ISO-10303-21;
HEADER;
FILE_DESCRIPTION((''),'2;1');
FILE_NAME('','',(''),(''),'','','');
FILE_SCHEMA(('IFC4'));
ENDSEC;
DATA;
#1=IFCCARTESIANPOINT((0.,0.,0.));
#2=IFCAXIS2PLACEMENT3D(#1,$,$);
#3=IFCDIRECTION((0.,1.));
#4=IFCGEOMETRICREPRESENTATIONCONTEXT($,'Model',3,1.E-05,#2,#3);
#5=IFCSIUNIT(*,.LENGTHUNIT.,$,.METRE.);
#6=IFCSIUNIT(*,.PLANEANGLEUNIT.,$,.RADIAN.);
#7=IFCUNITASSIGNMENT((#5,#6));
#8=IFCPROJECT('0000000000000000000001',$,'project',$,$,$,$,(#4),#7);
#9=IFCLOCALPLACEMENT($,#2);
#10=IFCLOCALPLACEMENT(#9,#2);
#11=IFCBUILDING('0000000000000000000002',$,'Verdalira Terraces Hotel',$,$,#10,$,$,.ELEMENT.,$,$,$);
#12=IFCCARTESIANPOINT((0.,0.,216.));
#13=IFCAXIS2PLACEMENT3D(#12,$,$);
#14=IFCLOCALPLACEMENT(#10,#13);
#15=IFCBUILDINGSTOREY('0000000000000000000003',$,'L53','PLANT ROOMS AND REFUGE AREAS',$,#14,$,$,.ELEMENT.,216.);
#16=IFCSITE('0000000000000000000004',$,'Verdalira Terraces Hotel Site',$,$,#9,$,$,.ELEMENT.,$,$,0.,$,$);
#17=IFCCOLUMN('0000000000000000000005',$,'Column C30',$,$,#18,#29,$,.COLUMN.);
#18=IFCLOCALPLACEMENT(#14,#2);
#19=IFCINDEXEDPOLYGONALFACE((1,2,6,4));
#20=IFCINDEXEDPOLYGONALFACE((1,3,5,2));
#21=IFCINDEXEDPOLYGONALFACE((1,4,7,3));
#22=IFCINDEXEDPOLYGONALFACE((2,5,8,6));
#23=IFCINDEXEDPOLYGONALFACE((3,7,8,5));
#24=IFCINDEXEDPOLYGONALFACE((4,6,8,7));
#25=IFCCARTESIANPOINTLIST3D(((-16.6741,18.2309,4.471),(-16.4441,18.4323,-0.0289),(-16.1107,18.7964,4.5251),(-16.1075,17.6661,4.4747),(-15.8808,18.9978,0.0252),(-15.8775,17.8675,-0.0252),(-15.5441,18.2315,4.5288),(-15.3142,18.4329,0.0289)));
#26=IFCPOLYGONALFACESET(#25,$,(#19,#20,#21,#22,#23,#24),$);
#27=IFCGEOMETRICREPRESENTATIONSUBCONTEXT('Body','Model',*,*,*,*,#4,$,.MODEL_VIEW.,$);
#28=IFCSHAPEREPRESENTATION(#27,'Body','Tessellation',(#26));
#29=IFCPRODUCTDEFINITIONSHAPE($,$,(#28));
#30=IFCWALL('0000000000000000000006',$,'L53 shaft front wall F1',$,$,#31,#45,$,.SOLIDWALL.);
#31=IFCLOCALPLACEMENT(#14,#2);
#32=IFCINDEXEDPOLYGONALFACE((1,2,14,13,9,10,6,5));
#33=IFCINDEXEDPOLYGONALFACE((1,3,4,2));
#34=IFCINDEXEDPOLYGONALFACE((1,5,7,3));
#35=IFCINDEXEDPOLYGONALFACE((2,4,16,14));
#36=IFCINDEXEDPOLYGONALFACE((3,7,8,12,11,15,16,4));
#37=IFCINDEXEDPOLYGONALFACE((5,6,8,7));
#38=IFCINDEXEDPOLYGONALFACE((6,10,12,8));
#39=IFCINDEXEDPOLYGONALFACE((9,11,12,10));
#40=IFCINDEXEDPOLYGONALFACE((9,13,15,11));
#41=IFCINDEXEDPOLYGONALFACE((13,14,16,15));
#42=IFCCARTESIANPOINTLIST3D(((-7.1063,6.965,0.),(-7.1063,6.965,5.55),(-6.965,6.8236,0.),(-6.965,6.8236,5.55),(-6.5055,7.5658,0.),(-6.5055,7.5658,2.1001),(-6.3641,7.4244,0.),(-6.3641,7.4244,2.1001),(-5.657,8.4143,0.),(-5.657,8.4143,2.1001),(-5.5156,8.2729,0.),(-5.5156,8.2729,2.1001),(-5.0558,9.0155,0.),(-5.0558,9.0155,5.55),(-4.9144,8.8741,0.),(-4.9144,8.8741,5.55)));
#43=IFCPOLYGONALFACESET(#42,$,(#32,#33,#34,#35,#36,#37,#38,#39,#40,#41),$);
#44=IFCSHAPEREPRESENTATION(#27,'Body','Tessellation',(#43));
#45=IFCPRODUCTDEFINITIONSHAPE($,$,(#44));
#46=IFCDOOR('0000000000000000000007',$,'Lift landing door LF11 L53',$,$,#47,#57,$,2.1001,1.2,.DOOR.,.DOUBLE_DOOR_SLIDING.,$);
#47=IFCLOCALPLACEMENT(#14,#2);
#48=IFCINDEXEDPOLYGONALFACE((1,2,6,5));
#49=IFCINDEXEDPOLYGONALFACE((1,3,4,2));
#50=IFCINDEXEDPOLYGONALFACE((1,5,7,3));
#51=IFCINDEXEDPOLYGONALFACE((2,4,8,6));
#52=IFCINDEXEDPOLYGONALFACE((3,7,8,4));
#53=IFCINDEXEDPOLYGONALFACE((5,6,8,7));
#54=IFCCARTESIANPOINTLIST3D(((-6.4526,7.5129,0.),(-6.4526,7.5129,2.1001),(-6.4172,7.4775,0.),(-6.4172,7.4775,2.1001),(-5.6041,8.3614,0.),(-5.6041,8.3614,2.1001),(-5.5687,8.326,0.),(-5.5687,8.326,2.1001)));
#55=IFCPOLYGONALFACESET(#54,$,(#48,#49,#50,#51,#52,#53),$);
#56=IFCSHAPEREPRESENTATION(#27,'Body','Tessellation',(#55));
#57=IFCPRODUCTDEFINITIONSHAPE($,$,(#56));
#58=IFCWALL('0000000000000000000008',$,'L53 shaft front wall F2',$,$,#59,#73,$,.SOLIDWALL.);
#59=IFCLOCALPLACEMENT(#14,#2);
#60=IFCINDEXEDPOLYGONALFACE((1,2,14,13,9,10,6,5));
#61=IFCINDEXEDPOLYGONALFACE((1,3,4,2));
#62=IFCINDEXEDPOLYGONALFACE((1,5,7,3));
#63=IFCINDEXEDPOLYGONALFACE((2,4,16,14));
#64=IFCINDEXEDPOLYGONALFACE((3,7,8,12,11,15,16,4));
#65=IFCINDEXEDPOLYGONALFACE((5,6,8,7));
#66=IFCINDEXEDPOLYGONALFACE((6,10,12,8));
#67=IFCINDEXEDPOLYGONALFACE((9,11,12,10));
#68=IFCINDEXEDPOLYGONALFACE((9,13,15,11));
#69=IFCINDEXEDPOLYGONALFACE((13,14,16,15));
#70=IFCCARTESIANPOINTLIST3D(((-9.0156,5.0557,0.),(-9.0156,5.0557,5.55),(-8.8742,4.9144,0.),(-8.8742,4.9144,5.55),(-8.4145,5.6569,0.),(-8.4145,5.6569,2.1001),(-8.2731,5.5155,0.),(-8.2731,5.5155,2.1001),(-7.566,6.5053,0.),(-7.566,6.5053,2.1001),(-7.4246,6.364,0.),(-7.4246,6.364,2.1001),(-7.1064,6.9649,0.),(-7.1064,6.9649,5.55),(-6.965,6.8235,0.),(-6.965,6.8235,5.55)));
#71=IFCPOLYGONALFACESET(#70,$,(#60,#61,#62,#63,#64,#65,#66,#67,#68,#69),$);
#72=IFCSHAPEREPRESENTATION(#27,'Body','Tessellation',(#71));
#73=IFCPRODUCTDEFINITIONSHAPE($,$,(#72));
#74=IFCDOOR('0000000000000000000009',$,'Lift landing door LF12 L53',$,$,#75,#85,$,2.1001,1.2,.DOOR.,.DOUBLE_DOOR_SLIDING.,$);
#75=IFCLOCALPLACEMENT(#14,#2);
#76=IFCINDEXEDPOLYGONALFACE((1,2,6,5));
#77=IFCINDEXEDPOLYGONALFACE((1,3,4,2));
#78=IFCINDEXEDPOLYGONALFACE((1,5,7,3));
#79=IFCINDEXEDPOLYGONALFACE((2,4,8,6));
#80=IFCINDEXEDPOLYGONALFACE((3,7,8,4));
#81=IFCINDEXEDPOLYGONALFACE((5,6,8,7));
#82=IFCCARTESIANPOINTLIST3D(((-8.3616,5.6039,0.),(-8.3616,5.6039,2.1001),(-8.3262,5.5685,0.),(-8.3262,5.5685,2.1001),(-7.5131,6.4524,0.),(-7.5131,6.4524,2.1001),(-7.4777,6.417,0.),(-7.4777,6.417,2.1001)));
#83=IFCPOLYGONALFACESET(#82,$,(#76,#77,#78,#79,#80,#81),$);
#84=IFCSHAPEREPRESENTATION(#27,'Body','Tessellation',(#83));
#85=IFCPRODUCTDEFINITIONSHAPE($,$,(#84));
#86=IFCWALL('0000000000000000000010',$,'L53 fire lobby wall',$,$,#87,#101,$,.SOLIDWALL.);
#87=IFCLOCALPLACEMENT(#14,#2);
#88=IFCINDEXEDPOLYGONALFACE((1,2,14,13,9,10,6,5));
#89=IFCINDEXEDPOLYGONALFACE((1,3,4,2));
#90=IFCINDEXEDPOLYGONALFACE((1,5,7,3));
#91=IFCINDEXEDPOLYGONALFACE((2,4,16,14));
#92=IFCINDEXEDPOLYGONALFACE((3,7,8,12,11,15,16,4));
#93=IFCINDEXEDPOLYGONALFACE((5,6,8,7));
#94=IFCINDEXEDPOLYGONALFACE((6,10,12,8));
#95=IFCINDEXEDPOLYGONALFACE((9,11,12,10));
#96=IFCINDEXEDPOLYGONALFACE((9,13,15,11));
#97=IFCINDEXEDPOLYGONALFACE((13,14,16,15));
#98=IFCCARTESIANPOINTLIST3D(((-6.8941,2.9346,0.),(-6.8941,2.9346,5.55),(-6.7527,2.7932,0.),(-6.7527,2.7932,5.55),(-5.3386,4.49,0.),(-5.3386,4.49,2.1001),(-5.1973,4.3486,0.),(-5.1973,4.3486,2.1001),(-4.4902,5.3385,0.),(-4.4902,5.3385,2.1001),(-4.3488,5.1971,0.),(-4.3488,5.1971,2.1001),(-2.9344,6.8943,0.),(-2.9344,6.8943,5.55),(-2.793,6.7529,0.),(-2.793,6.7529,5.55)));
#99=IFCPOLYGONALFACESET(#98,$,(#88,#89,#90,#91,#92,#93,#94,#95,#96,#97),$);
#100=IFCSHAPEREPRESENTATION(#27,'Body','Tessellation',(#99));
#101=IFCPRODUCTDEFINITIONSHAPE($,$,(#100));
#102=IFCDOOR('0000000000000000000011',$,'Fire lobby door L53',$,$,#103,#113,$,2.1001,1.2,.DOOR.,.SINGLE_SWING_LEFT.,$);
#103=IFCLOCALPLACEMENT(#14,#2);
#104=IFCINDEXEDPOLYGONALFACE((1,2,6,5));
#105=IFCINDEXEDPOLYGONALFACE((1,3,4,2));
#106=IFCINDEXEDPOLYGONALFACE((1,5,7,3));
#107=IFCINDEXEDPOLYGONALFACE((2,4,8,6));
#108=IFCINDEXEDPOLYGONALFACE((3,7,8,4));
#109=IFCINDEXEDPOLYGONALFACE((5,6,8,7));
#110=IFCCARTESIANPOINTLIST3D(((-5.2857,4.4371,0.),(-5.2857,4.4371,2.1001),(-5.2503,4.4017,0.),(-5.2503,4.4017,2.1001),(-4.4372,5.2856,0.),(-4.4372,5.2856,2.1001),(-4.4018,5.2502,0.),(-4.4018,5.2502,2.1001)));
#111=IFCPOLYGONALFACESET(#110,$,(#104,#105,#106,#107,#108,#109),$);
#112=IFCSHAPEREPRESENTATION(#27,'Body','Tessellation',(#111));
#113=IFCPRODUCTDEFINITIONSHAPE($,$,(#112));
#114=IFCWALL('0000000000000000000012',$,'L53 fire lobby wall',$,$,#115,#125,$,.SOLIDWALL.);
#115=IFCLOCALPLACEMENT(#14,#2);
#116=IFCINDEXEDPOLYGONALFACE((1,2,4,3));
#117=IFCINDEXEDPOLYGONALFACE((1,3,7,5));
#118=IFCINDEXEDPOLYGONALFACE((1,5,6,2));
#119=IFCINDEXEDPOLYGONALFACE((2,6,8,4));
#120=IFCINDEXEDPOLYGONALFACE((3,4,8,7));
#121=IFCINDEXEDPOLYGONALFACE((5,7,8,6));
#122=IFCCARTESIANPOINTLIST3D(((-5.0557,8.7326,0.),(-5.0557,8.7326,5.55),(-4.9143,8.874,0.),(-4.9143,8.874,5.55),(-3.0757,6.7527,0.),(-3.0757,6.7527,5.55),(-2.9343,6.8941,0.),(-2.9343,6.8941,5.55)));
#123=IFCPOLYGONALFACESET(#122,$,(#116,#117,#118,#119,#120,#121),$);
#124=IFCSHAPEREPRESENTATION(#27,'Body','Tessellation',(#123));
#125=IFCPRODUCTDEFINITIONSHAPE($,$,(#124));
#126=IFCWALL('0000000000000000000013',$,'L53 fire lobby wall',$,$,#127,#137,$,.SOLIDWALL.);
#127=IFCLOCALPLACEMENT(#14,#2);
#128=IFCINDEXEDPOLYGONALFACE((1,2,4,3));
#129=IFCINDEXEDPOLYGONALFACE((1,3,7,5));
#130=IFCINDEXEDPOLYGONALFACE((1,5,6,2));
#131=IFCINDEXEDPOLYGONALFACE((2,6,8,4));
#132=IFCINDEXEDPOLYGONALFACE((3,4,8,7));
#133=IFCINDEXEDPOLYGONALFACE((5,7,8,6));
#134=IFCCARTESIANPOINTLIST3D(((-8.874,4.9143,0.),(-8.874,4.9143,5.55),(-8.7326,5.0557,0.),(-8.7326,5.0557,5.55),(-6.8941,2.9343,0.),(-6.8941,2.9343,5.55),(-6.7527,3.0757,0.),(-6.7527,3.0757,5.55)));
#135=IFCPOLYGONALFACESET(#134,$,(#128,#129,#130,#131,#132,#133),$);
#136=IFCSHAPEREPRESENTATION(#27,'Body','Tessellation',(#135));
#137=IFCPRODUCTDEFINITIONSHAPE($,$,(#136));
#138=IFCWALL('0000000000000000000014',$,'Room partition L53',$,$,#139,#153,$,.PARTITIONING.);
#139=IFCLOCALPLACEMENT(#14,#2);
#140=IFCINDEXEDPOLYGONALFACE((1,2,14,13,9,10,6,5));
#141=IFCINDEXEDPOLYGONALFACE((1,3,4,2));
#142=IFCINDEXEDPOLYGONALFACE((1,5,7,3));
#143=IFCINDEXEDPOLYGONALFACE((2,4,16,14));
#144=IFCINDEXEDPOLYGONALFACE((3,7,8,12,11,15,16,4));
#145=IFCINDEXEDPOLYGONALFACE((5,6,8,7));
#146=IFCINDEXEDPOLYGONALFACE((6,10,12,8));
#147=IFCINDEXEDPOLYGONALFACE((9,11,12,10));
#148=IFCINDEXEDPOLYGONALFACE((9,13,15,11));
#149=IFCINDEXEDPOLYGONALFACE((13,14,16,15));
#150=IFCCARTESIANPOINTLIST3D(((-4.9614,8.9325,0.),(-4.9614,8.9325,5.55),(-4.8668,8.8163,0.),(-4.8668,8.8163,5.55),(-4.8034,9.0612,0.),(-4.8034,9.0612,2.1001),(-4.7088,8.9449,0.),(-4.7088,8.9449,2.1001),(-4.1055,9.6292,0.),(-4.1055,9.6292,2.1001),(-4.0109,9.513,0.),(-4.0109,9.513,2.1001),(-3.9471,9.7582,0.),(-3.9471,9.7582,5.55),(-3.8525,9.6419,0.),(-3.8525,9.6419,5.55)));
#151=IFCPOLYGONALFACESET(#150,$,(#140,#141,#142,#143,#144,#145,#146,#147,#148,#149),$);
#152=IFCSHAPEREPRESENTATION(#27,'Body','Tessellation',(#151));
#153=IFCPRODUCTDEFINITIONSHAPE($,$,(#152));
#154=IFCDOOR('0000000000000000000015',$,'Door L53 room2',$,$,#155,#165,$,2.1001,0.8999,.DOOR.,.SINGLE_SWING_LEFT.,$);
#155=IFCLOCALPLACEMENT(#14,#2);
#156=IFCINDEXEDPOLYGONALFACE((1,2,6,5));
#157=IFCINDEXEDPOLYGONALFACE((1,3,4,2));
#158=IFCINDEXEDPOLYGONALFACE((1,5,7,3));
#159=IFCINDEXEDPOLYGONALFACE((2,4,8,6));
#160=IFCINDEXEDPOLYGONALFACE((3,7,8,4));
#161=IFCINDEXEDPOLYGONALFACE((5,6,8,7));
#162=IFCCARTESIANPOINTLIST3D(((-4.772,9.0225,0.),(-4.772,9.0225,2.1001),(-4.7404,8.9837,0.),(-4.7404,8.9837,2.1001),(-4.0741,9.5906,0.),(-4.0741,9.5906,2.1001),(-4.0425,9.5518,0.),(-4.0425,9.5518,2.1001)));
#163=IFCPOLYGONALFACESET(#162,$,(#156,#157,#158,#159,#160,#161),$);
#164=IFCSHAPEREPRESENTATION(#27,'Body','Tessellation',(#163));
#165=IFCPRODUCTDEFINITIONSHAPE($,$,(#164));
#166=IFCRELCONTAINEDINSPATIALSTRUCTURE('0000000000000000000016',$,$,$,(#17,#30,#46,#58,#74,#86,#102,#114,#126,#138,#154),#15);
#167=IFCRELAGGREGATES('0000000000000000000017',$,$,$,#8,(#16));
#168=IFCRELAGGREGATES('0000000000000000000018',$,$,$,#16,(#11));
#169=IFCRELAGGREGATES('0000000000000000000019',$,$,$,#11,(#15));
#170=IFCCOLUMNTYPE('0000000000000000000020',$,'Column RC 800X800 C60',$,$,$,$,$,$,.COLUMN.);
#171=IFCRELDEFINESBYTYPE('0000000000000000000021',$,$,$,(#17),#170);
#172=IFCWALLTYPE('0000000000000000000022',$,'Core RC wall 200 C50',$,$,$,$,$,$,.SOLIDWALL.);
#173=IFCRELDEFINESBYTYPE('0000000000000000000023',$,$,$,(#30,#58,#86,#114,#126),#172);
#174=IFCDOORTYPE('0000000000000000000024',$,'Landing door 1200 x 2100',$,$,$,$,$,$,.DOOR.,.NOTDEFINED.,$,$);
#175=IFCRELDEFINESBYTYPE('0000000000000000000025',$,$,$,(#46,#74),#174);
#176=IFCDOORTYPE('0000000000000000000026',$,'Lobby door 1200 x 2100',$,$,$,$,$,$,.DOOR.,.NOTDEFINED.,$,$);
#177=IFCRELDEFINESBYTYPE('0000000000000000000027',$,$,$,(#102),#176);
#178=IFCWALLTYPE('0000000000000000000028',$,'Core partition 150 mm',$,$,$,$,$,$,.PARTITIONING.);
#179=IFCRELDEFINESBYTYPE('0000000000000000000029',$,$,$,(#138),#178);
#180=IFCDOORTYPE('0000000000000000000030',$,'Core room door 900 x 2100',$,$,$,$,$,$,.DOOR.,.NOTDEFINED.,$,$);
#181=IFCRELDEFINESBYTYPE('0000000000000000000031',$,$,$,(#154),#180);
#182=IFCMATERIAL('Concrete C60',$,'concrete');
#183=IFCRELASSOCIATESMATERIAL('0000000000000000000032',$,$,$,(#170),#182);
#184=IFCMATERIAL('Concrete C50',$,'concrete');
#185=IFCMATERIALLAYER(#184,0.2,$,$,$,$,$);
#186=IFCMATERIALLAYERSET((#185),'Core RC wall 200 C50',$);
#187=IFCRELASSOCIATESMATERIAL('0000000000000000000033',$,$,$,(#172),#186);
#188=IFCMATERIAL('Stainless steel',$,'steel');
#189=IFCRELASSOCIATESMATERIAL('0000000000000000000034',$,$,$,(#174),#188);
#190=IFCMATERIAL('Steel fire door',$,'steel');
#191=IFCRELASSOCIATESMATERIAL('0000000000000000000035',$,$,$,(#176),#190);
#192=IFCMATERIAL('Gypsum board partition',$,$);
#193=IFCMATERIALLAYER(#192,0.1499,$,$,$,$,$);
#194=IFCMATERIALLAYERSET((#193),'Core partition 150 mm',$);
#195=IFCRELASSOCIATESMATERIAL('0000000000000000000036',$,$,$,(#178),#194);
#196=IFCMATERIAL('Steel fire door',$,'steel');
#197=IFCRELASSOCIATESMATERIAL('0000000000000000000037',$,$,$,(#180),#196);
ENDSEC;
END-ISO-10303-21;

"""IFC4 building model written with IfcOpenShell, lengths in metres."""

from ifc_helpers import new_model, si_unit, direction, frame, frame_2d, origin, origin_2d, place, context, subcontext, project, spatial, rectangle, extrude, material, layer, layer_set, material_profile, profile_set, type_object, element, fill, save


model = new_model("IFC4")

# Units and contexts
model_context = context("Model", 3, precision=1e-05, world=origin(), true_north=direction((0.0, 1.0)))
body_context = subcontext(model_context, "Body", "Model", "MODEL_VIEW")
ifc_project = project(units=[si_unit("LENGTHUNIT", "METRE"), si_unit("PLANEANGLEUNIT", "RADIAN")], contexts=[model_context])

# Site, building, storey
site_placement = place(None, origin())
site = spatial("IfcSite", under=ifc_project, at=site_placement, Name="Verdalira Terraces Hotel Site", CompositionType="ELEMENT", RefElevation=0.0)
building_placement = place(site_placement, origin())
building = spatial("IfcBuilding", under=site, at=building_placement, Name="Verdalira Terraces Hotel", CompositionType="ELEMENT")
storey_placement = place(building_placement, frame((0.0, 0.0, 216.0)))
storey = spatial("IfcBuildingStorey", under=building, at=storey_placement, Name="L53", Description="PLANT ROOMS AND REFUGE AREAS", CompositionType="ELEMENT", Elevation=216.0)

# Column
ifc_material_1 = material(Name="Concrete C60", Category="concrete")
ifc_material_profile = material_profile(ifc_material_1, rectangle(XDim=0.8, YDim=0.8, at=origin_2d()), Name="RC 800X800")
ifc_profile_set = profile_set([ifc_material_profile], Name="Concrete C60")
column_type = type_object("IfcColumnType", Name="Column RC 800X800 C60", PredefinedType="COLUMN", material=ifc_profile_set)
column_placement = place(storey_placement, frame((-15.8791, 18.4326, 0.0), z_axis=(-0.050989, -0.044656, 0.9977), x_axis=(-0.70821, 0.705987, -0.004595)))
element("IfcColumn", 1, at=column_placement, inside=storey, type_object=column_type, Name="Column C30", PredefinedType="COLUMN", context=body_context, shape_type="SweptSolid", body=[
    extrude(rectangle(XDim=0.8, YDim=0.8, at=origin_2d()), origin(), (0.0, 0.0, 1.0), 4.5103),
])

# Walls, openings, doors
ifc_material_2 = material(Name="Concrete C50", Category="concrete")
ifc_layer_1 = layer(ifc_material_2, 0.2)
ifc_layer_set_1 = layer_set([ifc_layer_1], Name="Core RC wall 200 C50")
wall_type_1 = type_object("IfcWallType", Name="Core RC wall 200 C50", PredefinedType="SOLIDWALL", material=ifc_layer_set_1)
wall_1_placement = place(storey_placement, frame((-4.9851, 8.9448, 0.0), z_axis=(0.0, 0.0, 1.0), x_axis=(-0.707107, -0.707107, 0.0)))
wall_1 = element("IfcWall", 2, at=wall_1_placement, inside=storey, type_object=wall_type_1, Name="L53 shaft front wall F1", PredefinedType="SOLIDWALL", context=body_context, shape_type="SweptSolid", body=[
    extrude(rectangle(XDim=2.8999, YDim=0.2, at=frame_2d((1.45, 0.0))), origin(), (0.0, 0.0, 1.0), 5.55),
])
opening_1_placement = place(wall_1_placement, frame((0.8501, 0.0, 0.0)))
opening_1 = element("IfcOpeningElement", 3, at=opening_1_placement, cuts=wall_1, PredefinedType="OPENING", context=body_context, shape_type="SweptSolid", body=[
    extrude(rectangle(XDim=1.2, YDim=2.1001, at=frame_2d((0.6001, 1.05))), frame((0.0, 0.1099, 0.0), z_axis=(0.0, -1.0, 0.0), x_axis=(1.0, 0.0, 0.0)), (0.0, 0.0, 1.0), 0.22),
])
ifc_material_3 = material(Name="Stainless steel", Category="steel")
door_type_1 = type_object("IfcDoorType", Name="Landing door 1200 x 2100", OperationType="NOTDEFINED", PredefinedType="DOOR", material=ifc_material_3)
door_1_placement = place(opening_1_placement, origin())
door_1 = element("IfcDoor", 4, at=door_1_placement, inside=storey, type_object=door_type_1, Name="Lift landing door LF11 L53", OperationType="DOUBLE_DOOR_SLIDING", OverallHeight=2.1001, OverallWidth=1.2, PredefinedType="DOOR", context=body_context, shape_type="SweptSolid", body=[
    extrude(rectangle(XDim=1.2, YDim=2.1001, at=frame_2d((0.6001, 1.05))), frame((0.0, 0.0249, 0.0), z_axis=(0.0, -1.0, 0.0), x_axis=(1.0, 0.0, 0.0)), (0.0, 0.0, 1.0), 0.05),
])
fill(opening_1, door_1)
wall_2_placement = place(storey_placement, frame((-7.0356, 6.8943, 0.0), z_axis=(0.0, 0.0, 1.0), x_axis=(-0.707107, -0.707107, 0.0)))
wall_2 = element("IfcWall", 5, at=wall_2_placement, inside=storey, type_object=wall_type_1, Name="L53 shaft front wall F2", PredefinedType="SOLIDWALL", context=body_context, shape_type="SweptSolid", body=[
    extrude(rectangle(XDim=2.7, YDim=0.2, at=frame_2d((1.3501, 0.0))), origin(), (0.0, 0.0, 1.0), 5.55),
])
opening_2_placement = place(wall_2_placement, frame((0.6499, 0.0, 0.0)))
opening_2 = element("IfcOpeningElement", 6, at=opening_2_placement, cuts=wall_2, PredefinedType="OPENING", context=body_context, shape_type="SweptSolid", body=[
    extrude(rectangle(XDim=1.2, YDim=2.1001, at=frame_2d((0.6001, 1.05))), frame((0.0, 0.1099, 0.0), z_axis=(0.0, -1.0, 0.0), x_axis=(1.0, 0.0, 0.0)), (0.0, 0.0, 1.0), 0.22),
])
door_2_placement = place(opening_2_placement, origin())
door_2 = element("IfcDoor", 7, at=door_2_placement, inside=storey, type_object=door_type_1, Name="Lift landing door LF12 L53", OperationType="DOUBLE_DOOR_SLIDING", OverallHeight=2.1001, OverallWidth=1.2, PredefinedType="DOOR", context=body_context, shape_type="SweptSolid", body=[
    extrude(rectangle(XDim=1.2, YDim=2.1001, at=frame_2d((0.6001, 1.05))), frame((0.0, 0.0249, 0.0), z_axis=(0.0, -1.0, 0.0), x_axis=(1.0, 0.0, 0.0)), (0.0, 0.0, 1.0), 0.05),
])
fill(opening_2, door_2)
wall_3_placement = place(storey_placement, frame((-2.8638, 6.8235, 0.0), z_axis=(0.0, 0.0, 1.0), x_axis=(-0.707107, -0.707107, 0.0)))
wall_3 = element("IfcWall", 8, at=wall_3_placement, inside=storey, type_object=wall_type_1, Name="L53 fire lobby wall", PredefinedType="SOLIDWALL", context=body_context, shape_type="SweptSolid", body=[
    extrude(rectangle(XDim=5.5999, YDim=0.2, at=frame_2d((2.7998, 0.0))), origin(), (0.0, 0.0, 1.0), 5.55),
])
opening_3_placement = place(wall_3_placement, frame((2.2, 0.0, 0.0)))
opening_3 = element("IfcOpeningElement", 9, at=opening_3_placement, cuts=wall_3, PredefinedType="OPENING", context=body_context, shape_type="SweptSolid", body=[
    extrude(rectangle(XDim=1.2, YDim=2.1001, at=frame_2d((0.6001, 1.05))), frame((0.0, 0.1099, 0.0), z_axis=(0.0, -1.0, 0.0), x_axis=(1.0, 0.0, 0.0)), (0.0, 0.0, 1.0), 0.22),
])
ifc_material_4 = material(Name="Steel fire door", Category="steel")
door_type_2 = type_object("IfcDoorType", Name="Lobby door 1200 x 2100", OperationType="NOTDEFINED", PredefinedType="DOOR", material=ifc_material_4)
door_3_placement = place(opening_3_placement, origin())
door_3 = element("IfcDoor", 10, at=door_3_placement, inside=storey, type_object=door_type_2, Name="Fire lobby door L53", OperationType="SINGLE_SWING_LEFT", OverallHeight=2.1001, OverallWidth=1.2, PredefinedType="DOOR", context=body_context, shape_type="SweptSolid", body=[
    extrude(rectangle(XDim=1.2, YDim=2.1001, at=frame_2d((0.6001, 1.05))), frame((0.0, 0.0249, 0.0), z_axis=(0.0, -1.0, 0.0), x_axis=(1.0, 0.0, 0.0)), (0.0, 0.0, 1.0), 0.05),
])
fill(opening_3, door_3)

# Walls
for number, where, z_axis, x_axis, name in (
    (11, (-3.0051, 6.8235, 0.0), (0.0, 0.0, 1.0), (-0.707107, 0.707107, 0.0), "L53 fire lobby wall"),
    (12, (-6.8235, 3.0051, 0.0), (0.0, 0.0, 1.0), (-0.707107, 0.707107, 0.0), "L53 fire lobby wall"),
):
    element("IfcWall", number, at=place(storey_placement, frame(where, z_axis=z_axis, x_axis=x_axis)), inside=storey, type_object=wall_type_1, Name=name, PredefinedType="SOLIDWALL", context=body_context, shape_type="SweptSolid", body=[
        extrude(rectangle(XDim=2.8, YDim=0.2, at=frame_2d((1.3999, 0.0))), origin(), (0.0, 0.0, 1.0), 5.55),
    ])

# Wall, opening, door
ifc_material_5 = material(Name="Gypsum board partition")
ifc_layer_2 = layer(ifc_material_5, 0.1499)
ifc_layer_set_2 = layer_set([ifc_layer_2], Name="Core partition 150 mm")
wall_type_2 = type_object("IfcWallType", Name="Core partition 150 mm", PredefinedType="PARTITIONING", material=ifc_layer_set_2)
wall_4_placement = place(storey_placement, frame((-3.8999, 9.7, 0.0), z_axis=(0.0, 0.0, 1.0), x_axis=(-0.77556, -0.631274, 0.0)))
wall_4 = element("IfcWall", 13, at=wall_4_placement, inside=storey, type_object=wall_type_2, Name="Room partition L53", PredefinedType="PARTITIONING", context=body_context, shape_type="SweptSolid", body=[
    extrude(rectangle(XDim=1.3079, YDim=0.1499, at=frame_2d((0.6538, 0.0))), origin(), (0.0, 0.0, 1.0), 5.55),
])
opening_4_placement = place(wall_4_placement, frame((0.2041, 0.0, 0.0)))
opening_4 = element("IfcOpeningElement", 14, at=opening_4_placement, cuts=wall_4, PredefinedType="OPENING", context=body_context, shape_type="SweptSolid", body=[
    extrude(rectangle(XDim=0.8999, YDim=2.1001, at=frame_2d((0.45, 1.05))), frame((0.0, 0.085, 0.0), z_axis=(0.0, -1.0, 0.0), x_axis=(1.0, 0.0, 0.0)), (0.0, 0.0, 1.0), 0.1699),
])
ifc_material_6 = material(Name="Steel fire door", Category="steel")
door_type_3 = type_object("IfcDoorType", Name="Core room door 900 x 2100", OperationType="NOTDEFINED", PredefinedType="DOOR", material=ifc_material_6)
door_4_placement = place(opening_4_placement, origin())
door_4 = element("IfcDoor", 15, at=door_4_placement, inside=storey, type_object=door_type_3, Name="Door L53 room2", OperationType="SINGLE_SWING_LEFT", OverallHeight=2.1001, OverallWidth=0.8999, PredefinedType="DOOR", context=body_context, shape_type="SweptSolid", body=[
    extrude(rectangle(XDim=0.8999, YDim=2.1001, at=frame_2d((0.45, 1.05))), frame((0.0, 0.0249, 0.0), z_axis=(0.0, -1.0, 0.0), x_axis=(1.0, 0.0, 0.0)), (0.0, 0.0, 1.0), 0.05),
])
fill(opening_4, door_4)

save(model, "model.ifc")
